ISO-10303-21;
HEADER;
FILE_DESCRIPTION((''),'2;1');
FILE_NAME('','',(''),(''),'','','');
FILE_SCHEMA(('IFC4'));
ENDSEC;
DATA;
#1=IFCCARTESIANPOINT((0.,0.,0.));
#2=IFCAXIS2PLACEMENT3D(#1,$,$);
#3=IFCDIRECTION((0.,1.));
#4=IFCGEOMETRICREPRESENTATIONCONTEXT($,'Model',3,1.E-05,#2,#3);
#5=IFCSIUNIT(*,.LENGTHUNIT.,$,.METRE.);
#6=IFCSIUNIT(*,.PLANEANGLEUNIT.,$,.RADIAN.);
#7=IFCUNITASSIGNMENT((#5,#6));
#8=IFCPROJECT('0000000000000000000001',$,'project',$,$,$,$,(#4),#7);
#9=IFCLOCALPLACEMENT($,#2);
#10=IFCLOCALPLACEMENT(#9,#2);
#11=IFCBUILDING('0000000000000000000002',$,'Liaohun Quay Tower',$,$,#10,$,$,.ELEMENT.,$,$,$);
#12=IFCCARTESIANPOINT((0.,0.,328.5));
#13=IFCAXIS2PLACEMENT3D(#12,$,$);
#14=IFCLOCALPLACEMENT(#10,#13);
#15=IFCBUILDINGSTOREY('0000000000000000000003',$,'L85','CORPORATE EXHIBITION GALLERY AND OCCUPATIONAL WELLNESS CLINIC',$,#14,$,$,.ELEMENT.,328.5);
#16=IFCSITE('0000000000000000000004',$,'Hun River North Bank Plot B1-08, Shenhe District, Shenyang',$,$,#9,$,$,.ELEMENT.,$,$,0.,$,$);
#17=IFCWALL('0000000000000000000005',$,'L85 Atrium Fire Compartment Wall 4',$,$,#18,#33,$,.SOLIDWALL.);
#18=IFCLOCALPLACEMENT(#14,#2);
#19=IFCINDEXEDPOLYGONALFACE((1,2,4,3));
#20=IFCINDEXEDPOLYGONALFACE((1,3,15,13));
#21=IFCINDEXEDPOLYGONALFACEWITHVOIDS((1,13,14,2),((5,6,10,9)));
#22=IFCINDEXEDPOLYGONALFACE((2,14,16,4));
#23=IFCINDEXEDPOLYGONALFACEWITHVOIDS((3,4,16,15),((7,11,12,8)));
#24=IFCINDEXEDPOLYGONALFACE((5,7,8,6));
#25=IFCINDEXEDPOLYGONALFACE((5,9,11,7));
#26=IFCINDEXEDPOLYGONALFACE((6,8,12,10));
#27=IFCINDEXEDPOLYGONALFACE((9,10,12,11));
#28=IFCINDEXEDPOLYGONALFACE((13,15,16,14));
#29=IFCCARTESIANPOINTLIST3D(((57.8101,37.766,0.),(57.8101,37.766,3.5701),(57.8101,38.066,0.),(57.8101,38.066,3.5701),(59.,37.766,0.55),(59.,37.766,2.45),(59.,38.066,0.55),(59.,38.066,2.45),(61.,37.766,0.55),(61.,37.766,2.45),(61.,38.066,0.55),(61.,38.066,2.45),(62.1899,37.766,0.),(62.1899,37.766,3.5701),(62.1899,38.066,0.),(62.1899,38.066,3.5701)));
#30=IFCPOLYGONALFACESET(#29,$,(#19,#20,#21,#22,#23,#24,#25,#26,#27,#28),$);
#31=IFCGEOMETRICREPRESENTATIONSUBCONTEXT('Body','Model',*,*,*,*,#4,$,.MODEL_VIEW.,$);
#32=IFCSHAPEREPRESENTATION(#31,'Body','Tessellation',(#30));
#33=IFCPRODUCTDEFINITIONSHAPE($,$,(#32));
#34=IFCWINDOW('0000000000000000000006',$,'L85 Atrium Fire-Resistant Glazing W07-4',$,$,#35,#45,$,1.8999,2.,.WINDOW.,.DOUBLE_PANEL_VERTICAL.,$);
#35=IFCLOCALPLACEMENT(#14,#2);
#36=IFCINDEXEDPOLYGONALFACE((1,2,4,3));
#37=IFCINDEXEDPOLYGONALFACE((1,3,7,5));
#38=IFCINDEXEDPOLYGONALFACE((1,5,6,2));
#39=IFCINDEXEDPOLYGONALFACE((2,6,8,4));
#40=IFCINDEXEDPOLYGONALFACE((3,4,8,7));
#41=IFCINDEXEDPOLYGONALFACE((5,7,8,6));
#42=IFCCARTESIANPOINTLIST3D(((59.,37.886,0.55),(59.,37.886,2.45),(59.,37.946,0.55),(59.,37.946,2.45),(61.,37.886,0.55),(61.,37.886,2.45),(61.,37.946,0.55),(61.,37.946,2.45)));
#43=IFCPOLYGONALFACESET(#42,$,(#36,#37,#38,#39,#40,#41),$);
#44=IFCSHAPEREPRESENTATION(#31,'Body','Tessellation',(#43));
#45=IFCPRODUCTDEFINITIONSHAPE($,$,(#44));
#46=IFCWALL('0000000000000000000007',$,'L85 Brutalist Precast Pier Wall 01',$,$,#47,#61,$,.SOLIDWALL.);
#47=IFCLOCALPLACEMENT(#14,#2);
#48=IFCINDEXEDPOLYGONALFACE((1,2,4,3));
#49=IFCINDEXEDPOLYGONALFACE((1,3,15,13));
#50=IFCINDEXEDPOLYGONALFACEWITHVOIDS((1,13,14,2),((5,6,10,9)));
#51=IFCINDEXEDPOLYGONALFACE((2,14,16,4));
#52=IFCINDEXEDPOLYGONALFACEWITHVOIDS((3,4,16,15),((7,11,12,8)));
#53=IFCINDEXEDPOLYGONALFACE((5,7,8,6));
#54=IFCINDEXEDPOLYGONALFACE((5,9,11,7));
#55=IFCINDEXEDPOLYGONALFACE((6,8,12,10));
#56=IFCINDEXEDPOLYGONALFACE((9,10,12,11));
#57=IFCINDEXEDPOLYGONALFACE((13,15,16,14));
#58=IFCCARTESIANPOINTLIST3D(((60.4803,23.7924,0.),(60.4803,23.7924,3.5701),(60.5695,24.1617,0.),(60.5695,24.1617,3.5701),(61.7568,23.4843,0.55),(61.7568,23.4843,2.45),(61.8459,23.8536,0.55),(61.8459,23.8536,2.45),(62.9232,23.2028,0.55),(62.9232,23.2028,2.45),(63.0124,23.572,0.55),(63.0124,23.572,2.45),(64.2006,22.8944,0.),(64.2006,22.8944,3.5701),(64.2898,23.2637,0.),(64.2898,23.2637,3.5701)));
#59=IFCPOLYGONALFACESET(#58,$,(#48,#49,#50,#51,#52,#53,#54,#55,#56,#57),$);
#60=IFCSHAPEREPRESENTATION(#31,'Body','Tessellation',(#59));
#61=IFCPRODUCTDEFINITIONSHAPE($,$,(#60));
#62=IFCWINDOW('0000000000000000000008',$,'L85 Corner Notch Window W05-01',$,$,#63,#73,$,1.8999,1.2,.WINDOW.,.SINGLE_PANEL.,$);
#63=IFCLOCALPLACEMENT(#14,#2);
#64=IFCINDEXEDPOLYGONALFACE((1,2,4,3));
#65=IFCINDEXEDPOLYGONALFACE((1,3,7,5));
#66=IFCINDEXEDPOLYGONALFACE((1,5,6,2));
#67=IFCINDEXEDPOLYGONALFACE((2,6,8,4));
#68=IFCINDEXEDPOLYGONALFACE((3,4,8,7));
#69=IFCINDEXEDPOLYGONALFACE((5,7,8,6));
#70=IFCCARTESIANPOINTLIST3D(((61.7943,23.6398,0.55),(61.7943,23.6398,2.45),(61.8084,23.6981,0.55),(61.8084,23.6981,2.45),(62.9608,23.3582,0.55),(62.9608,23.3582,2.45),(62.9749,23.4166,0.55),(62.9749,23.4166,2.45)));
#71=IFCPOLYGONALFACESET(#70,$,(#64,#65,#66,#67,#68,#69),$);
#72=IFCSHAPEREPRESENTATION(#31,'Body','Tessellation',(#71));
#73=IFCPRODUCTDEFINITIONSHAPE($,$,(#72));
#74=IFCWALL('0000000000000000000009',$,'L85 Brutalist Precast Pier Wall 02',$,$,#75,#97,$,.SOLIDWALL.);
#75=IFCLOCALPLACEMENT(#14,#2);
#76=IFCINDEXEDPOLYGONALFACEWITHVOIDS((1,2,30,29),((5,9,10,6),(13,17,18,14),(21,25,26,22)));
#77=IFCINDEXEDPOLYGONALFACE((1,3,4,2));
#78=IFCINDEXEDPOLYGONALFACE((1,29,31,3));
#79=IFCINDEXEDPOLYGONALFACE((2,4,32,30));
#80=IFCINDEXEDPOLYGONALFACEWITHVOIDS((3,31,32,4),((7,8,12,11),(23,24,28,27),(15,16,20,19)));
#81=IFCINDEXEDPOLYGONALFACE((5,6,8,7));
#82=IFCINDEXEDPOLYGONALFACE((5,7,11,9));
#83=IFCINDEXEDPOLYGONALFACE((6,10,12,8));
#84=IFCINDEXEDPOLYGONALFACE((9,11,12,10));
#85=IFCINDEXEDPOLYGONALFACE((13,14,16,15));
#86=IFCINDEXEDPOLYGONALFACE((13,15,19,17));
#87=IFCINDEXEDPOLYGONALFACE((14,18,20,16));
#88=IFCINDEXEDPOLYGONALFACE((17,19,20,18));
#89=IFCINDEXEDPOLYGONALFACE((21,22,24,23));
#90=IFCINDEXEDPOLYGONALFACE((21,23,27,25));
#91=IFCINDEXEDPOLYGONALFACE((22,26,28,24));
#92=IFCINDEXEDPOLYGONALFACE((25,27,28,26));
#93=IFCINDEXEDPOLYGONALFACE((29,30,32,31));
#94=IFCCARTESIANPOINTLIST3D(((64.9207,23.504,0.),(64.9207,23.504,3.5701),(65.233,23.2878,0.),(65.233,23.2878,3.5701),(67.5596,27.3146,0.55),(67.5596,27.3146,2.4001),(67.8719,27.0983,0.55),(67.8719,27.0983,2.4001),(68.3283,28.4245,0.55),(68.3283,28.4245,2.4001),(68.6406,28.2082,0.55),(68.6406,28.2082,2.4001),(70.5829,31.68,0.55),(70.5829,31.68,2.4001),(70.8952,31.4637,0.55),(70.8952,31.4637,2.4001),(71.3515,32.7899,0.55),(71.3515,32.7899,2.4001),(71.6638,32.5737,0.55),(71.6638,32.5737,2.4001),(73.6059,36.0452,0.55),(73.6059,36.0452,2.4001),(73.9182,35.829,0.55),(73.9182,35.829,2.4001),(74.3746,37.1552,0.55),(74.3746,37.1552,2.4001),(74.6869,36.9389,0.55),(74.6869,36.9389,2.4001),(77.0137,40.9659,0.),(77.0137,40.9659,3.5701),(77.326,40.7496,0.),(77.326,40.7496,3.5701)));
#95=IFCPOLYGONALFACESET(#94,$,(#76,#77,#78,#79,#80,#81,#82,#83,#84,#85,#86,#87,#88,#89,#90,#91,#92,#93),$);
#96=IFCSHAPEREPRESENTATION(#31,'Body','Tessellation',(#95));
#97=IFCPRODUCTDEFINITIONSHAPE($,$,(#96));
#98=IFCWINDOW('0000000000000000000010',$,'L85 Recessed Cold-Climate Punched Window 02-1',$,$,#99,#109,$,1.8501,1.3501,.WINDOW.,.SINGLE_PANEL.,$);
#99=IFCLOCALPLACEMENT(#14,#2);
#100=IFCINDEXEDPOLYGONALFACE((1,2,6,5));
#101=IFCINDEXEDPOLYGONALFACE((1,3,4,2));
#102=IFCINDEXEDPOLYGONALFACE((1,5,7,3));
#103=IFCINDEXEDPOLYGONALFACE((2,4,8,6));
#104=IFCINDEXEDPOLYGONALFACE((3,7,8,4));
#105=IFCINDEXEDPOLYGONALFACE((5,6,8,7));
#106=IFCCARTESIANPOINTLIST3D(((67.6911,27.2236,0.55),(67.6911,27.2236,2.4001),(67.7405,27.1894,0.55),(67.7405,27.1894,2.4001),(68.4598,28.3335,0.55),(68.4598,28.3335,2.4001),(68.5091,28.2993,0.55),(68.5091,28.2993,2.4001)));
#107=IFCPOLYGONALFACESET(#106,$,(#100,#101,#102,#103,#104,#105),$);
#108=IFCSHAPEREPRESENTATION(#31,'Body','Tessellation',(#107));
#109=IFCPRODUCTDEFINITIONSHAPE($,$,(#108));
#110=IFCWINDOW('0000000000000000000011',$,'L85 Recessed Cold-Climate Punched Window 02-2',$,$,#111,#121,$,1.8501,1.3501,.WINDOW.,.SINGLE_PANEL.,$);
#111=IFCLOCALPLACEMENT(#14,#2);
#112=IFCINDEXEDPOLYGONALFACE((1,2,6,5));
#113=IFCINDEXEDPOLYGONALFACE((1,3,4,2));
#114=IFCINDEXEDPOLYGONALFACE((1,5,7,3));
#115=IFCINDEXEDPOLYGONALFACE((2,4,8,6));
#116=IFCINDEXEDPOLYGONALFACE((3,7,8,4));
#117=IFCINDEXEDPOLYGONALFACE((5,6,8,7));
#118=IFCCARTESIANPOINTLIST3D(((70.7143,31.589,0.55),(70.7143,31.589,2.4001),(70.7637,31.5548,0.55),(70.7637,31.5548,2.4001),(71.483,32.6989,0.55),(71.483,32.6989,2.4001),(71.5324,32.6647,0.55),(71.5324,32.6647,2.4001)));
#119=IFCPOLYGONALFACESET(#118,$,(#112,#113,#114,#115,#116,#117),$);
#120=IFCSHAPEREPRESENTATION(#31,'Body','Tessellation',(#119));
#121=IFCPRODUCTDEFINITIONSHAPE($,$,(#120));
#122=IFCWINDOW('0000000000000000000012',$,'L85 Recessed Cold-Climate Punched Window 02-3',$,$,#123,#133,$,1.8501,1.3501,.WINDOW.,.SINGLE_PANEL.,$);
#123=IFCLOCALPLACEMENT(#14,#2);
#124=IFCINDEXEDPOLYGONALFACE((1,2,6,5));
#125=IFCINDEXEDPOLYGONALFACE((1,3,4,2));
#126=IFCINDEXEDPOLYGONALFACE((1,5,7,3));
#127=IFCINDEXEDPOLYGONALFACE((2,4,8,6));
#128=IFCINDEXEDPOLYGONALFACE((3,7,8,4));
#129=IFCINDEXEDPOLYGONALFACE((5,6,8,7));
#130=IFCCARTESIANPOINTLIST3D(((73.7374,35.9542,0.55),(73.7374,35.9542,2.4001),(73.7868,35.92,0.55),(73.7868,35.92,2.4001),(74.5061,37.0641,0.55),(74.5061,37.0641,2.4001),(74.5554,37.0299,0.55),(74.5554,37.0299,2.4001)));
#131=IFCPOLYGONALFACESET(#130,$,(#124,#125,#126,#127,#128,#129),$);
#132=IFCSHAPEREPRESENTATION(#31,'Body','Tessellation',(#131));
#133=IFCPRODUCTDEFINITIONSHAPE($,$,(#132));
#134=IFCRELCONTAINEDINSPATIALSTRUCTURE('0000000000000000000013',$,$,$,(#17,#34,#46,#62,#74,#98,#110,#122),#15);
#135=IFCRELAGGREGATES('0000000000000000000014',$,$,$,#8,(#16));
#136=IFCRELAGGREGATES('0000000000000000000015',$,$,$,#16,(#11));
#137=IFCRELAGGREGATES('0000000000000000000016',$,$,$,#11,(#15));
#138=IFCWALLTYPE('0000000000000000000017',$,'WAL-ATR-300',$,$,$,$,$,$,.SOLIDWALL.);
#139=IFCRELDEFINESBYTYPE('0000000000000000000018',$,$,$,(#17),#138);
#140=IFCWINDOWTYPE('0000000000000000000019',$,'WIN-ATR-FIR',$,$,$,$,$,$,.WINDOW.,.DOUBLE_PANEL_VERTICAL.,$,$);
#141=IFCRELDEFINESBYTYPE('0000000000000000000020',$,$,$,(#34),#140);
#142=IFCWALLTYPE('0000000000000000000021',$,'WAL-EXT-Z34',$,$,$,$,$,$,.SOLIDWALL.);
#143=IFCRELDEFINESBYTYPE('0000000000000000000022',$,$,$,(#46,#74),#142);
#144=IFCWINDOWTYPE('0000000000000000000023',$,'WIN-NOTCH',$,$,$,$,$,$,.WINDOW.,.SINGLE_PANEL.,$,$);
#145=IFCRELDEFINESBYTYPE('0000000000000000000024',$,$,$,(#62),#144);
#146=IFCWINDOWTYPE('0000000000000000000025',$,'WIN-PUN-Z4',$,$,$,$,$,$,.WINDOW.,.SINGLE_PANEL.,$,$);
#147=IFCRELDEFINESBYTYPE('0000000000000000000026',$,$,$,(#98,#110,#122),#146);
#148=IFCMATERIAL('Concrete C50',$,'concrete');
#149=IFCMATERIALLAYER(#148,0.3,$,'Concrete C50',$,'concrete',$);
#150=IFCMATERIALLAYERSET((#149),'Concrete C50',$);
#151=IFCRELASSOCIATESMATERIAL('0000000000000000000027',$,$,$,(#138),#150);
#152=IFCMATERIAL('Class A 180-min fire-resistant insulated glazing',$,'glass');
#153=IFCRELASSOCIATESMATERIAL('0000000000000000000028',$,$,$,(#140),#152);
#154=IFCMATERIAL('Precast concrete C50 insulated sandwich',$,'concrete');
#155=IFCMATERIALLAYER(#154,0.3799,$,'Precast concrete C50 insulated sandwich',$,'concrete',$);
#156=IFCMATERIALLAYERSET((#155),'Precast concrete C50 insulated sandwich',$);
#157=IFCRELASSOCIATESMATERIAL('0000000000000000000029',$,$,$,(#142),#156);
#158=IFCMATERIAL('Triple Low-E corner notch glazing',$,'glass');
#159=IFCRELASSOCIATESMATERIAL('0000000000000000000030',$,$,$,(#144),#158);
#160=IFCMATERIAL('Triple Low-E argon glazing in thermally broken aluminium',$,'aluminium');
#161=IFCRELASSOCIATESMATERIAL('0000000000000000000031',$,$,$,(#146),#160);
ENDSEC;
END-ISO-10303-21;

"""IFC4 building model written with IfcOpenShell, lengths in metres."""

from ifc_helpers import new_model, si_unit, direction, frame, frame_2d, origin, place, context, subcontext, project, spatial, rectangle, extrude, source, transform, mapped, material, layer, layer_set, type_object, element, fill, save


model = new_model("IFC4")

# Units and contexts
model_context = context("Model", 3, precision=1e-05, world=origin(), true_north=direction((0.0, 1.0)))
body_context = subcontext(model_context, "Body", "Model", "MODEL_VIEW")
ifc_project = project(units=[si_unit("LENGTHUNIT", "METRE"), si_unit("PLANEANGLEUNIT", "RADIAN")], contexts=[model_context])

# Site, building, storey
site_placement = place(None, origin())
site = spatial("IfcSite", under=ifc_project, at=site_placement, Name="Hun River North Bank Plot B1-08, Shenhe District, Shenyang", CompositionType="ELEMENT", RefElevation=0.0)
building_placement = place(site_placement, origin())
building = spatial("IfcBuilding", under=site, at=building_placement, Name="Liaohun Quay Tower", CompositionType="ELEMENT")
storey_placement = place(building_placement, frame((0.0, 0.0, 328.5)))
storey = spatial("IfcBuildingStorey", under=building, at=storey_placement, Name="L85", Description="CORPORATE EXHIBITION GALLERY AND OCCUPATIONAL WELLNESS CLINIC", CompositionType="ELEMENT", Elevation=328.5)

# Shared definitions
ifc_material_1 = material(Name="Concrete C50", Category="concrete")

# Walls, openings, windows
ifc_layer_1 = layer(ifc_material_1, 0.3, Name="Concrete C50", Category="concrete")
ifc_layer_set_1 = layer_set([ifc_layer_1], Name="Concrete C50")
wall_type_1 = type_object("IfcWallType", Name="WAL-ATR-300", PredefinedType="SOLIDWALL", material=ifc_layer_set_1)
shared_shape_1 = source(origin(), body_context, "Body", "SweptSolid", [
    extrude(rectangle(XDim=2.0, YDim=1.8999, at=frame_2d((1.0, 0.95))), frame((0.0, 0.1599, 0.0), z_axis=(0.0, -1.0, 0.0), x_axis=(1.0, 0.0, 0.0)), (0.0, 0.0, 1.0), 0.3201),
])
ifc_material_2 = material(Name="Class A 180-min fire-resistant insulated glazing", Category="glass")
window_type_1 = type_object("IfcWindowType", Name="WIN-ATR-FIR", PartitioningType="DOUBLE_PANEL_VERTICAL", PredefinedType="WINDOW", material=ifc_material_2)
shared_shape_2 = source(origin(), body_context, "Body", "SweptSolid", [
    extrude(rectangle(XDim=2.0, YDim=1.8999, at=frame_2d((1.0, 0.95))), frame((0.0, 0.03, 0.0), z_axis=(0.0, -1.0, 0.0), x_axis=(1.0, 0.0, 0.0)), (0.0, 0.0, 1.0), 0.0601),
])
wall_1_placement = place(storey_placement, frame((62.1899, 37.916, 0.0), z_axis=(0.0, 0.0, 1.0), x_axis=(-1.0, 0.0, 0.0)))
wall_1 = element("IfcWall", 1, at=wall_1_placement, inside=storey, type_object=wall_type_1, Name="L85 Atrium Fire Compartment Wall 4", PredefinedType="SOLIDWALL", context=body_context, shape_type="SweptSolid", body=[
    extrude(rectangle(XDim=4.3799, YDim=0.3, at=frame_2d((2.1899, 0.0))), origin(), (0.0, 0.0, 1.0), 3.5701),
])
opening_1_placement = place(wall_1_placement, frame((1.1899, 0.0, 0.55)))
opening_1 = element("IfcOpeningElement", 2, at=opening_1_placement, cuts=wall_1, PredefinedType="OPENING", context=body_context, shape_type="MappedRepresentation", body=[
    mapped(shared_shape_1, transform((0.0, 0.0, 0.0), x_axis=(1.0, 0.0, 0.0), y_axis=(0.0, 1.0, 0.0), z_axis=(0.0, 0.0, 1.0), scale=1.0)),
])
window_1_placement = place(opening_1_placement, origin())
window_1 = element("IfcWindow", 3, at=window_1_placement, inside=storey, type_object=window_type_1, Name="L85 Atrium Fire-Resistant Glazing W07-4", OverallHeight=1.8999, OverallWidth=2.0, PartitioningType="DOUBLE_PANEL_VERTICAL", PredefinedType="WINDOW", context=body_context, shape_type="MappedRepresentation", body=[
    mapped(shared_shape_2, transform((0.0, 0.0, 0.0), x_axis=(1.0, 0.0, 0.0), y_axis=(0.0, 1.0, 0.0), z_axis=(0.0, 0.0, 1.0), scale=1.0)),
])
fill(opening_1, window_1)
ifc_material_3 = material(Name="Precast concrete C50 insulated sandwich", Category="concrete")
ifc_layer_2 = layer(ifc_material_3, 0.3799, Name="Precast concrete C50 insulated sandwich", Category="concrete")
ifc_layer_set_2 = layer_set([ifc_layer_2], Name="Precast concrete C50 insulated sandwich")
wall_type_2 = type_object("IfcWallType", Name="WAL-EXT-Z34", PredefinedType="SOLIDWALL", material=ifc_layer_set_2)
wall_2_placement = place(storey_placement, frame((60.5249, 23.9771, 0.0), z_axis=(0.0, 0.0, 1.0), x_axis=(0.972084, -0.234632, 0.0)))
wall_2 = element("IfcWall", 4, at=wall_2_placement, inside=storey, type_object=wall_type_2, Name="L85 Brutalist Precast Pier Wall 01", PredefinedType="SOLIDWALL", context=body_context, shape_type="SweptSolid", body=[
    extrude(rectangle(XDim=3.8271, YDim=0.3799, at=frame_2d((1.9136, 0.0))), origin(), (0.0, 0.0, 1.0), 3.5701),
])
shared_shape_3 = source(origin(), body_context, "Body", "SweptSolid", [
    extrude(rectangle(XDim=1.2, YDim=1.8999, at=frame_2d((0.6001, 0.95))), frame((0.0, 0.2, 0.0), z_axis=(0.0, -1.0, 0.0), x_axis=(1.0, 0.0, 0.0)), (0.0, 0.0, 1.0), 0.3999),
])
opening_2_placement = place(wall_2_placement, frame((1.313, 0.0, 0.55)))
opening_2 = element("IfcOpeningElement", 5, at=opening_2_placement, cuts=wall_2, PredefinedType="OPENING", context=body_context, shape_type="MappedRepresentation", body=[
    mapped(shared_shape_3, transform((0.0, 0.0, 0.0), x_axis=(1.0, 0.0, 0.0), y_axis=(0.0, 1.0, 0.0), z_axis=(0.0, 0.0, 1.0), scale=1.0)),
])
ifc_material_4 = material(Name="Triple Low-E corner notch glazing", Category="glass")
window_type_2 = type_object("IfcWindowType", Name="WIN-NOTCH", PartitioningType="SINGLE_PANEL", PredefinedType="WINDOW", material=ifc_material_4)
shared_shape_4 = source(origin(), body_context, "Body", "SweptSolid", [
    extrude(rectangle(XDim=1.2, YDim=1.8999, at=frame_2d((0.6001, 0.95))), frame((0.0, 0.03, 0.0), z_axis=(0.0, -1.0, 0.0), x_axis=(1.0, 0.0, 0.0)), (0.0, 0.0, 1.0), 0.0601),
])
window_2_placement = place(opening_2_placement, origin())
window_2 = element("IfcWindow", 6, at=window_2_placement, inside=storey, type_object=window_type_2, Name="L85 Corner Notch Window W05-01", OverallHeight=1.8999, OverallWidth=1.2, PartitioningType="SINGLE_PANEL", PredefinedType="WINDOW", context=body_context, shape_type="MappedRepresentation", body=[
    mapped(shared_shape_4, transform((0.0, 0.0, 0.0), x_axis=(1.0, 0.0, 0.0), y_axis=(0.0, 1.0, 0.0), z_axis=(0.0, 0.0, 1.0), scale=1.0)),
])
fill(opening_2, window_2)

# Wall, openings, windows
wall_3_placement = place(storey_placement, frame((65.0769, 23.396, 0.0), z_axis=(0.0, 0.0, 1.0), x_axis=(0.569337, 0.822104, 0.0)))
wall_3 = element("IfcWall", 7, at=wall_3_placement, inside=storey, type_object=wall_type_2, Name="L85 Brutalist Precast Pier Wall 02", PredefinedType="SOLIDWALL", context=body_context, shape_type="SweptSolid", body=[
    extrude(rectangle(XDim=21.2405, YDim=0.3799, at=frame_2d((10.6201, 0.0))), origin(), (0.0, 0.0, 1.0), 3.5701),
])
shared_shape_5 = source(origin(), body_context, "Body", "SweptSolid", [
    extrude(rectangle(XDim=1.3501, YDim=1.8501, at=frame_2d((0.675, 0.925))), frame((0.0, 0.2, 0.0), z_axis=(0.0, -1.0, 0.0), x_axis=(1.0, 0.0, 0.0)), (0.0, 0.0, 1.0), 0.3999),
])
opening_3_placement = place(wall_3_placement, frame((4.635, 0.0, 0.55)))
opening_3 = element("IfcOpeningElement", 8, at=opening_3_placement, cuts=wall_3, PredefinedType="OPENING", context=body_context, shape_type="MappedRepresentation", body=[
    mapped(shared_shape_5, transform((0.0, 0.0, 0.0), x_axis=(1.0, 0.0, 0.0), y_axis=(0.0, 1.0, 0.0), z_axis=(0.0, 0.0, 1.0), scale=1.0)),
])
opening_4_placement = place(wall_3_placement, frame((9.9451, 0.0, 0.55)))
opening_4 = element("IfcOpeningElement", 9, at=opening_4_placement, cuts=wall_3, PredefinedType="OPENING", context=body_context, shape_type="MappedRepresentation", body=[
    mapped(shared_shape_5, transform((0.0, 0.0, 0.0), x_axis=(1.0, 0.0, 0.0), y_axis=(0.0, 1.0, 0.0), z_axis=(0.0, 0.0, 1.0), scale=1.0)),
])
opening_5_placement = place(wall_3_placement, frame((15.2549, 0.0, 0.55)))
opening_5 = element("IfcOpeningElement", 10, at=opening_5_placement, cuts=wall_3, PredefinedType="OPENING", context=body_context, shape_type="MappedRepresentation", body=[
    mapped(shared_shape_5, transform((0.0, 0.0, 0.0), x_axis=(1.0, 0.0, 0.0), y_axis=(0.0, 1.0, 0.0), z_axis=(0.0, 0.0, 1.0), scale=1.0)),
])
ifc_material_5 = material(Name="Triple Low-E argon glazing in thermally broken aluminium", Category="aluminium")
window_type_3 = type_object("IfcWindowType", Name="WIN-PUN-Z4", PartitioningType="SINGLE_PANEL", PredefinedType="WINDOW", material=ifc_material_5)
shared_shape_6 = source(origin(), body_context, "Body", "SweptSolid", [
    extrude(rectangle(XDim=1.3501, YDim=1.8501, at=frame_2d((0.675, 0.925))), frame((0.0, 0.03, 0.0), z_axis=(0.0, -1.0, 0.0), x_axis=(1.0, 0.0, 0.0)), (0.0, 0.0, 1.0), 0.0601),
])
window_3_placement = place(opening_3_placement, origin())
window_3 = element("IfcWindow", 11, at=window_3_placement, inside=storey, type_object=window_type_3, Name="L85 Recessed Cold-Climate Punched Window 02-1", OverallHeight=1.8501, OverallWidth=1.3501, PartitioningType="SINGLE_PANEL", PredefinedType="WINDOW", context=body_context, shape_type="MappedRepresentation", body=[
    mapped(shared_shape_6, transform((0.0, 0.0, 0.0), x_axis=(1.0, 0.0, 0.0), y_axis=(0.0, 1.0, 0.0), z_axis=(0.0, 0.0, 1.0), scale=1.0)),
])
fill(opening_3, window_3)
window_4_placement = place(opening_4_placement, origin())
window_4 = element("IfcWindow", 12, at=window_4_placement, inside=storey, type_object=window_type_3, Name="L85 Recessed Cold-Climate Punched Window 02-2", OverallHeight=1.8501, OverallWidth=1.3501, PartitioningType="SINGLE_PANEL", PredefinedType="WINDOW", context=body_context, shape_type="MappedRepresentation", body=[
    mapped(shared_shape_6, transform((0.0, 0.0, 0.0), x_axis=(1.0, 0.0, 0.0), y_axis=(0.0, 1.0, 0.0), z_axis=(0.0, 0.0, 1.0), scale=1.0)),
])
fill(opening_4, window_4)
window_5_placement = place(opening_5_placement, origin())
window_5 = element("IfcWindow", 13, at=window_5_placement, inside=storey, type_object=window_type_3, Name="L85 Recessed Cold-Climate Punched Window 02-3", OverallHeight=1.8501, OverallWidth=1.3501, PartitioningType="SINGLE_PANEL", PredefinedType="WINDOW", context=body_context, shape_type="MappedRepresentation", body=[
    mapped(shared_shape_6, transform((0.0, 0.0, 0.0), x_axis=(1.0, 0.0, 0.0), y_axis=(0.0, 1.0, 0.0), z_axis=(0.0, 0.0, 1.0), scale=1.0)),
])
fill(opening_5, window_5)

save(model, "model.ifc")
